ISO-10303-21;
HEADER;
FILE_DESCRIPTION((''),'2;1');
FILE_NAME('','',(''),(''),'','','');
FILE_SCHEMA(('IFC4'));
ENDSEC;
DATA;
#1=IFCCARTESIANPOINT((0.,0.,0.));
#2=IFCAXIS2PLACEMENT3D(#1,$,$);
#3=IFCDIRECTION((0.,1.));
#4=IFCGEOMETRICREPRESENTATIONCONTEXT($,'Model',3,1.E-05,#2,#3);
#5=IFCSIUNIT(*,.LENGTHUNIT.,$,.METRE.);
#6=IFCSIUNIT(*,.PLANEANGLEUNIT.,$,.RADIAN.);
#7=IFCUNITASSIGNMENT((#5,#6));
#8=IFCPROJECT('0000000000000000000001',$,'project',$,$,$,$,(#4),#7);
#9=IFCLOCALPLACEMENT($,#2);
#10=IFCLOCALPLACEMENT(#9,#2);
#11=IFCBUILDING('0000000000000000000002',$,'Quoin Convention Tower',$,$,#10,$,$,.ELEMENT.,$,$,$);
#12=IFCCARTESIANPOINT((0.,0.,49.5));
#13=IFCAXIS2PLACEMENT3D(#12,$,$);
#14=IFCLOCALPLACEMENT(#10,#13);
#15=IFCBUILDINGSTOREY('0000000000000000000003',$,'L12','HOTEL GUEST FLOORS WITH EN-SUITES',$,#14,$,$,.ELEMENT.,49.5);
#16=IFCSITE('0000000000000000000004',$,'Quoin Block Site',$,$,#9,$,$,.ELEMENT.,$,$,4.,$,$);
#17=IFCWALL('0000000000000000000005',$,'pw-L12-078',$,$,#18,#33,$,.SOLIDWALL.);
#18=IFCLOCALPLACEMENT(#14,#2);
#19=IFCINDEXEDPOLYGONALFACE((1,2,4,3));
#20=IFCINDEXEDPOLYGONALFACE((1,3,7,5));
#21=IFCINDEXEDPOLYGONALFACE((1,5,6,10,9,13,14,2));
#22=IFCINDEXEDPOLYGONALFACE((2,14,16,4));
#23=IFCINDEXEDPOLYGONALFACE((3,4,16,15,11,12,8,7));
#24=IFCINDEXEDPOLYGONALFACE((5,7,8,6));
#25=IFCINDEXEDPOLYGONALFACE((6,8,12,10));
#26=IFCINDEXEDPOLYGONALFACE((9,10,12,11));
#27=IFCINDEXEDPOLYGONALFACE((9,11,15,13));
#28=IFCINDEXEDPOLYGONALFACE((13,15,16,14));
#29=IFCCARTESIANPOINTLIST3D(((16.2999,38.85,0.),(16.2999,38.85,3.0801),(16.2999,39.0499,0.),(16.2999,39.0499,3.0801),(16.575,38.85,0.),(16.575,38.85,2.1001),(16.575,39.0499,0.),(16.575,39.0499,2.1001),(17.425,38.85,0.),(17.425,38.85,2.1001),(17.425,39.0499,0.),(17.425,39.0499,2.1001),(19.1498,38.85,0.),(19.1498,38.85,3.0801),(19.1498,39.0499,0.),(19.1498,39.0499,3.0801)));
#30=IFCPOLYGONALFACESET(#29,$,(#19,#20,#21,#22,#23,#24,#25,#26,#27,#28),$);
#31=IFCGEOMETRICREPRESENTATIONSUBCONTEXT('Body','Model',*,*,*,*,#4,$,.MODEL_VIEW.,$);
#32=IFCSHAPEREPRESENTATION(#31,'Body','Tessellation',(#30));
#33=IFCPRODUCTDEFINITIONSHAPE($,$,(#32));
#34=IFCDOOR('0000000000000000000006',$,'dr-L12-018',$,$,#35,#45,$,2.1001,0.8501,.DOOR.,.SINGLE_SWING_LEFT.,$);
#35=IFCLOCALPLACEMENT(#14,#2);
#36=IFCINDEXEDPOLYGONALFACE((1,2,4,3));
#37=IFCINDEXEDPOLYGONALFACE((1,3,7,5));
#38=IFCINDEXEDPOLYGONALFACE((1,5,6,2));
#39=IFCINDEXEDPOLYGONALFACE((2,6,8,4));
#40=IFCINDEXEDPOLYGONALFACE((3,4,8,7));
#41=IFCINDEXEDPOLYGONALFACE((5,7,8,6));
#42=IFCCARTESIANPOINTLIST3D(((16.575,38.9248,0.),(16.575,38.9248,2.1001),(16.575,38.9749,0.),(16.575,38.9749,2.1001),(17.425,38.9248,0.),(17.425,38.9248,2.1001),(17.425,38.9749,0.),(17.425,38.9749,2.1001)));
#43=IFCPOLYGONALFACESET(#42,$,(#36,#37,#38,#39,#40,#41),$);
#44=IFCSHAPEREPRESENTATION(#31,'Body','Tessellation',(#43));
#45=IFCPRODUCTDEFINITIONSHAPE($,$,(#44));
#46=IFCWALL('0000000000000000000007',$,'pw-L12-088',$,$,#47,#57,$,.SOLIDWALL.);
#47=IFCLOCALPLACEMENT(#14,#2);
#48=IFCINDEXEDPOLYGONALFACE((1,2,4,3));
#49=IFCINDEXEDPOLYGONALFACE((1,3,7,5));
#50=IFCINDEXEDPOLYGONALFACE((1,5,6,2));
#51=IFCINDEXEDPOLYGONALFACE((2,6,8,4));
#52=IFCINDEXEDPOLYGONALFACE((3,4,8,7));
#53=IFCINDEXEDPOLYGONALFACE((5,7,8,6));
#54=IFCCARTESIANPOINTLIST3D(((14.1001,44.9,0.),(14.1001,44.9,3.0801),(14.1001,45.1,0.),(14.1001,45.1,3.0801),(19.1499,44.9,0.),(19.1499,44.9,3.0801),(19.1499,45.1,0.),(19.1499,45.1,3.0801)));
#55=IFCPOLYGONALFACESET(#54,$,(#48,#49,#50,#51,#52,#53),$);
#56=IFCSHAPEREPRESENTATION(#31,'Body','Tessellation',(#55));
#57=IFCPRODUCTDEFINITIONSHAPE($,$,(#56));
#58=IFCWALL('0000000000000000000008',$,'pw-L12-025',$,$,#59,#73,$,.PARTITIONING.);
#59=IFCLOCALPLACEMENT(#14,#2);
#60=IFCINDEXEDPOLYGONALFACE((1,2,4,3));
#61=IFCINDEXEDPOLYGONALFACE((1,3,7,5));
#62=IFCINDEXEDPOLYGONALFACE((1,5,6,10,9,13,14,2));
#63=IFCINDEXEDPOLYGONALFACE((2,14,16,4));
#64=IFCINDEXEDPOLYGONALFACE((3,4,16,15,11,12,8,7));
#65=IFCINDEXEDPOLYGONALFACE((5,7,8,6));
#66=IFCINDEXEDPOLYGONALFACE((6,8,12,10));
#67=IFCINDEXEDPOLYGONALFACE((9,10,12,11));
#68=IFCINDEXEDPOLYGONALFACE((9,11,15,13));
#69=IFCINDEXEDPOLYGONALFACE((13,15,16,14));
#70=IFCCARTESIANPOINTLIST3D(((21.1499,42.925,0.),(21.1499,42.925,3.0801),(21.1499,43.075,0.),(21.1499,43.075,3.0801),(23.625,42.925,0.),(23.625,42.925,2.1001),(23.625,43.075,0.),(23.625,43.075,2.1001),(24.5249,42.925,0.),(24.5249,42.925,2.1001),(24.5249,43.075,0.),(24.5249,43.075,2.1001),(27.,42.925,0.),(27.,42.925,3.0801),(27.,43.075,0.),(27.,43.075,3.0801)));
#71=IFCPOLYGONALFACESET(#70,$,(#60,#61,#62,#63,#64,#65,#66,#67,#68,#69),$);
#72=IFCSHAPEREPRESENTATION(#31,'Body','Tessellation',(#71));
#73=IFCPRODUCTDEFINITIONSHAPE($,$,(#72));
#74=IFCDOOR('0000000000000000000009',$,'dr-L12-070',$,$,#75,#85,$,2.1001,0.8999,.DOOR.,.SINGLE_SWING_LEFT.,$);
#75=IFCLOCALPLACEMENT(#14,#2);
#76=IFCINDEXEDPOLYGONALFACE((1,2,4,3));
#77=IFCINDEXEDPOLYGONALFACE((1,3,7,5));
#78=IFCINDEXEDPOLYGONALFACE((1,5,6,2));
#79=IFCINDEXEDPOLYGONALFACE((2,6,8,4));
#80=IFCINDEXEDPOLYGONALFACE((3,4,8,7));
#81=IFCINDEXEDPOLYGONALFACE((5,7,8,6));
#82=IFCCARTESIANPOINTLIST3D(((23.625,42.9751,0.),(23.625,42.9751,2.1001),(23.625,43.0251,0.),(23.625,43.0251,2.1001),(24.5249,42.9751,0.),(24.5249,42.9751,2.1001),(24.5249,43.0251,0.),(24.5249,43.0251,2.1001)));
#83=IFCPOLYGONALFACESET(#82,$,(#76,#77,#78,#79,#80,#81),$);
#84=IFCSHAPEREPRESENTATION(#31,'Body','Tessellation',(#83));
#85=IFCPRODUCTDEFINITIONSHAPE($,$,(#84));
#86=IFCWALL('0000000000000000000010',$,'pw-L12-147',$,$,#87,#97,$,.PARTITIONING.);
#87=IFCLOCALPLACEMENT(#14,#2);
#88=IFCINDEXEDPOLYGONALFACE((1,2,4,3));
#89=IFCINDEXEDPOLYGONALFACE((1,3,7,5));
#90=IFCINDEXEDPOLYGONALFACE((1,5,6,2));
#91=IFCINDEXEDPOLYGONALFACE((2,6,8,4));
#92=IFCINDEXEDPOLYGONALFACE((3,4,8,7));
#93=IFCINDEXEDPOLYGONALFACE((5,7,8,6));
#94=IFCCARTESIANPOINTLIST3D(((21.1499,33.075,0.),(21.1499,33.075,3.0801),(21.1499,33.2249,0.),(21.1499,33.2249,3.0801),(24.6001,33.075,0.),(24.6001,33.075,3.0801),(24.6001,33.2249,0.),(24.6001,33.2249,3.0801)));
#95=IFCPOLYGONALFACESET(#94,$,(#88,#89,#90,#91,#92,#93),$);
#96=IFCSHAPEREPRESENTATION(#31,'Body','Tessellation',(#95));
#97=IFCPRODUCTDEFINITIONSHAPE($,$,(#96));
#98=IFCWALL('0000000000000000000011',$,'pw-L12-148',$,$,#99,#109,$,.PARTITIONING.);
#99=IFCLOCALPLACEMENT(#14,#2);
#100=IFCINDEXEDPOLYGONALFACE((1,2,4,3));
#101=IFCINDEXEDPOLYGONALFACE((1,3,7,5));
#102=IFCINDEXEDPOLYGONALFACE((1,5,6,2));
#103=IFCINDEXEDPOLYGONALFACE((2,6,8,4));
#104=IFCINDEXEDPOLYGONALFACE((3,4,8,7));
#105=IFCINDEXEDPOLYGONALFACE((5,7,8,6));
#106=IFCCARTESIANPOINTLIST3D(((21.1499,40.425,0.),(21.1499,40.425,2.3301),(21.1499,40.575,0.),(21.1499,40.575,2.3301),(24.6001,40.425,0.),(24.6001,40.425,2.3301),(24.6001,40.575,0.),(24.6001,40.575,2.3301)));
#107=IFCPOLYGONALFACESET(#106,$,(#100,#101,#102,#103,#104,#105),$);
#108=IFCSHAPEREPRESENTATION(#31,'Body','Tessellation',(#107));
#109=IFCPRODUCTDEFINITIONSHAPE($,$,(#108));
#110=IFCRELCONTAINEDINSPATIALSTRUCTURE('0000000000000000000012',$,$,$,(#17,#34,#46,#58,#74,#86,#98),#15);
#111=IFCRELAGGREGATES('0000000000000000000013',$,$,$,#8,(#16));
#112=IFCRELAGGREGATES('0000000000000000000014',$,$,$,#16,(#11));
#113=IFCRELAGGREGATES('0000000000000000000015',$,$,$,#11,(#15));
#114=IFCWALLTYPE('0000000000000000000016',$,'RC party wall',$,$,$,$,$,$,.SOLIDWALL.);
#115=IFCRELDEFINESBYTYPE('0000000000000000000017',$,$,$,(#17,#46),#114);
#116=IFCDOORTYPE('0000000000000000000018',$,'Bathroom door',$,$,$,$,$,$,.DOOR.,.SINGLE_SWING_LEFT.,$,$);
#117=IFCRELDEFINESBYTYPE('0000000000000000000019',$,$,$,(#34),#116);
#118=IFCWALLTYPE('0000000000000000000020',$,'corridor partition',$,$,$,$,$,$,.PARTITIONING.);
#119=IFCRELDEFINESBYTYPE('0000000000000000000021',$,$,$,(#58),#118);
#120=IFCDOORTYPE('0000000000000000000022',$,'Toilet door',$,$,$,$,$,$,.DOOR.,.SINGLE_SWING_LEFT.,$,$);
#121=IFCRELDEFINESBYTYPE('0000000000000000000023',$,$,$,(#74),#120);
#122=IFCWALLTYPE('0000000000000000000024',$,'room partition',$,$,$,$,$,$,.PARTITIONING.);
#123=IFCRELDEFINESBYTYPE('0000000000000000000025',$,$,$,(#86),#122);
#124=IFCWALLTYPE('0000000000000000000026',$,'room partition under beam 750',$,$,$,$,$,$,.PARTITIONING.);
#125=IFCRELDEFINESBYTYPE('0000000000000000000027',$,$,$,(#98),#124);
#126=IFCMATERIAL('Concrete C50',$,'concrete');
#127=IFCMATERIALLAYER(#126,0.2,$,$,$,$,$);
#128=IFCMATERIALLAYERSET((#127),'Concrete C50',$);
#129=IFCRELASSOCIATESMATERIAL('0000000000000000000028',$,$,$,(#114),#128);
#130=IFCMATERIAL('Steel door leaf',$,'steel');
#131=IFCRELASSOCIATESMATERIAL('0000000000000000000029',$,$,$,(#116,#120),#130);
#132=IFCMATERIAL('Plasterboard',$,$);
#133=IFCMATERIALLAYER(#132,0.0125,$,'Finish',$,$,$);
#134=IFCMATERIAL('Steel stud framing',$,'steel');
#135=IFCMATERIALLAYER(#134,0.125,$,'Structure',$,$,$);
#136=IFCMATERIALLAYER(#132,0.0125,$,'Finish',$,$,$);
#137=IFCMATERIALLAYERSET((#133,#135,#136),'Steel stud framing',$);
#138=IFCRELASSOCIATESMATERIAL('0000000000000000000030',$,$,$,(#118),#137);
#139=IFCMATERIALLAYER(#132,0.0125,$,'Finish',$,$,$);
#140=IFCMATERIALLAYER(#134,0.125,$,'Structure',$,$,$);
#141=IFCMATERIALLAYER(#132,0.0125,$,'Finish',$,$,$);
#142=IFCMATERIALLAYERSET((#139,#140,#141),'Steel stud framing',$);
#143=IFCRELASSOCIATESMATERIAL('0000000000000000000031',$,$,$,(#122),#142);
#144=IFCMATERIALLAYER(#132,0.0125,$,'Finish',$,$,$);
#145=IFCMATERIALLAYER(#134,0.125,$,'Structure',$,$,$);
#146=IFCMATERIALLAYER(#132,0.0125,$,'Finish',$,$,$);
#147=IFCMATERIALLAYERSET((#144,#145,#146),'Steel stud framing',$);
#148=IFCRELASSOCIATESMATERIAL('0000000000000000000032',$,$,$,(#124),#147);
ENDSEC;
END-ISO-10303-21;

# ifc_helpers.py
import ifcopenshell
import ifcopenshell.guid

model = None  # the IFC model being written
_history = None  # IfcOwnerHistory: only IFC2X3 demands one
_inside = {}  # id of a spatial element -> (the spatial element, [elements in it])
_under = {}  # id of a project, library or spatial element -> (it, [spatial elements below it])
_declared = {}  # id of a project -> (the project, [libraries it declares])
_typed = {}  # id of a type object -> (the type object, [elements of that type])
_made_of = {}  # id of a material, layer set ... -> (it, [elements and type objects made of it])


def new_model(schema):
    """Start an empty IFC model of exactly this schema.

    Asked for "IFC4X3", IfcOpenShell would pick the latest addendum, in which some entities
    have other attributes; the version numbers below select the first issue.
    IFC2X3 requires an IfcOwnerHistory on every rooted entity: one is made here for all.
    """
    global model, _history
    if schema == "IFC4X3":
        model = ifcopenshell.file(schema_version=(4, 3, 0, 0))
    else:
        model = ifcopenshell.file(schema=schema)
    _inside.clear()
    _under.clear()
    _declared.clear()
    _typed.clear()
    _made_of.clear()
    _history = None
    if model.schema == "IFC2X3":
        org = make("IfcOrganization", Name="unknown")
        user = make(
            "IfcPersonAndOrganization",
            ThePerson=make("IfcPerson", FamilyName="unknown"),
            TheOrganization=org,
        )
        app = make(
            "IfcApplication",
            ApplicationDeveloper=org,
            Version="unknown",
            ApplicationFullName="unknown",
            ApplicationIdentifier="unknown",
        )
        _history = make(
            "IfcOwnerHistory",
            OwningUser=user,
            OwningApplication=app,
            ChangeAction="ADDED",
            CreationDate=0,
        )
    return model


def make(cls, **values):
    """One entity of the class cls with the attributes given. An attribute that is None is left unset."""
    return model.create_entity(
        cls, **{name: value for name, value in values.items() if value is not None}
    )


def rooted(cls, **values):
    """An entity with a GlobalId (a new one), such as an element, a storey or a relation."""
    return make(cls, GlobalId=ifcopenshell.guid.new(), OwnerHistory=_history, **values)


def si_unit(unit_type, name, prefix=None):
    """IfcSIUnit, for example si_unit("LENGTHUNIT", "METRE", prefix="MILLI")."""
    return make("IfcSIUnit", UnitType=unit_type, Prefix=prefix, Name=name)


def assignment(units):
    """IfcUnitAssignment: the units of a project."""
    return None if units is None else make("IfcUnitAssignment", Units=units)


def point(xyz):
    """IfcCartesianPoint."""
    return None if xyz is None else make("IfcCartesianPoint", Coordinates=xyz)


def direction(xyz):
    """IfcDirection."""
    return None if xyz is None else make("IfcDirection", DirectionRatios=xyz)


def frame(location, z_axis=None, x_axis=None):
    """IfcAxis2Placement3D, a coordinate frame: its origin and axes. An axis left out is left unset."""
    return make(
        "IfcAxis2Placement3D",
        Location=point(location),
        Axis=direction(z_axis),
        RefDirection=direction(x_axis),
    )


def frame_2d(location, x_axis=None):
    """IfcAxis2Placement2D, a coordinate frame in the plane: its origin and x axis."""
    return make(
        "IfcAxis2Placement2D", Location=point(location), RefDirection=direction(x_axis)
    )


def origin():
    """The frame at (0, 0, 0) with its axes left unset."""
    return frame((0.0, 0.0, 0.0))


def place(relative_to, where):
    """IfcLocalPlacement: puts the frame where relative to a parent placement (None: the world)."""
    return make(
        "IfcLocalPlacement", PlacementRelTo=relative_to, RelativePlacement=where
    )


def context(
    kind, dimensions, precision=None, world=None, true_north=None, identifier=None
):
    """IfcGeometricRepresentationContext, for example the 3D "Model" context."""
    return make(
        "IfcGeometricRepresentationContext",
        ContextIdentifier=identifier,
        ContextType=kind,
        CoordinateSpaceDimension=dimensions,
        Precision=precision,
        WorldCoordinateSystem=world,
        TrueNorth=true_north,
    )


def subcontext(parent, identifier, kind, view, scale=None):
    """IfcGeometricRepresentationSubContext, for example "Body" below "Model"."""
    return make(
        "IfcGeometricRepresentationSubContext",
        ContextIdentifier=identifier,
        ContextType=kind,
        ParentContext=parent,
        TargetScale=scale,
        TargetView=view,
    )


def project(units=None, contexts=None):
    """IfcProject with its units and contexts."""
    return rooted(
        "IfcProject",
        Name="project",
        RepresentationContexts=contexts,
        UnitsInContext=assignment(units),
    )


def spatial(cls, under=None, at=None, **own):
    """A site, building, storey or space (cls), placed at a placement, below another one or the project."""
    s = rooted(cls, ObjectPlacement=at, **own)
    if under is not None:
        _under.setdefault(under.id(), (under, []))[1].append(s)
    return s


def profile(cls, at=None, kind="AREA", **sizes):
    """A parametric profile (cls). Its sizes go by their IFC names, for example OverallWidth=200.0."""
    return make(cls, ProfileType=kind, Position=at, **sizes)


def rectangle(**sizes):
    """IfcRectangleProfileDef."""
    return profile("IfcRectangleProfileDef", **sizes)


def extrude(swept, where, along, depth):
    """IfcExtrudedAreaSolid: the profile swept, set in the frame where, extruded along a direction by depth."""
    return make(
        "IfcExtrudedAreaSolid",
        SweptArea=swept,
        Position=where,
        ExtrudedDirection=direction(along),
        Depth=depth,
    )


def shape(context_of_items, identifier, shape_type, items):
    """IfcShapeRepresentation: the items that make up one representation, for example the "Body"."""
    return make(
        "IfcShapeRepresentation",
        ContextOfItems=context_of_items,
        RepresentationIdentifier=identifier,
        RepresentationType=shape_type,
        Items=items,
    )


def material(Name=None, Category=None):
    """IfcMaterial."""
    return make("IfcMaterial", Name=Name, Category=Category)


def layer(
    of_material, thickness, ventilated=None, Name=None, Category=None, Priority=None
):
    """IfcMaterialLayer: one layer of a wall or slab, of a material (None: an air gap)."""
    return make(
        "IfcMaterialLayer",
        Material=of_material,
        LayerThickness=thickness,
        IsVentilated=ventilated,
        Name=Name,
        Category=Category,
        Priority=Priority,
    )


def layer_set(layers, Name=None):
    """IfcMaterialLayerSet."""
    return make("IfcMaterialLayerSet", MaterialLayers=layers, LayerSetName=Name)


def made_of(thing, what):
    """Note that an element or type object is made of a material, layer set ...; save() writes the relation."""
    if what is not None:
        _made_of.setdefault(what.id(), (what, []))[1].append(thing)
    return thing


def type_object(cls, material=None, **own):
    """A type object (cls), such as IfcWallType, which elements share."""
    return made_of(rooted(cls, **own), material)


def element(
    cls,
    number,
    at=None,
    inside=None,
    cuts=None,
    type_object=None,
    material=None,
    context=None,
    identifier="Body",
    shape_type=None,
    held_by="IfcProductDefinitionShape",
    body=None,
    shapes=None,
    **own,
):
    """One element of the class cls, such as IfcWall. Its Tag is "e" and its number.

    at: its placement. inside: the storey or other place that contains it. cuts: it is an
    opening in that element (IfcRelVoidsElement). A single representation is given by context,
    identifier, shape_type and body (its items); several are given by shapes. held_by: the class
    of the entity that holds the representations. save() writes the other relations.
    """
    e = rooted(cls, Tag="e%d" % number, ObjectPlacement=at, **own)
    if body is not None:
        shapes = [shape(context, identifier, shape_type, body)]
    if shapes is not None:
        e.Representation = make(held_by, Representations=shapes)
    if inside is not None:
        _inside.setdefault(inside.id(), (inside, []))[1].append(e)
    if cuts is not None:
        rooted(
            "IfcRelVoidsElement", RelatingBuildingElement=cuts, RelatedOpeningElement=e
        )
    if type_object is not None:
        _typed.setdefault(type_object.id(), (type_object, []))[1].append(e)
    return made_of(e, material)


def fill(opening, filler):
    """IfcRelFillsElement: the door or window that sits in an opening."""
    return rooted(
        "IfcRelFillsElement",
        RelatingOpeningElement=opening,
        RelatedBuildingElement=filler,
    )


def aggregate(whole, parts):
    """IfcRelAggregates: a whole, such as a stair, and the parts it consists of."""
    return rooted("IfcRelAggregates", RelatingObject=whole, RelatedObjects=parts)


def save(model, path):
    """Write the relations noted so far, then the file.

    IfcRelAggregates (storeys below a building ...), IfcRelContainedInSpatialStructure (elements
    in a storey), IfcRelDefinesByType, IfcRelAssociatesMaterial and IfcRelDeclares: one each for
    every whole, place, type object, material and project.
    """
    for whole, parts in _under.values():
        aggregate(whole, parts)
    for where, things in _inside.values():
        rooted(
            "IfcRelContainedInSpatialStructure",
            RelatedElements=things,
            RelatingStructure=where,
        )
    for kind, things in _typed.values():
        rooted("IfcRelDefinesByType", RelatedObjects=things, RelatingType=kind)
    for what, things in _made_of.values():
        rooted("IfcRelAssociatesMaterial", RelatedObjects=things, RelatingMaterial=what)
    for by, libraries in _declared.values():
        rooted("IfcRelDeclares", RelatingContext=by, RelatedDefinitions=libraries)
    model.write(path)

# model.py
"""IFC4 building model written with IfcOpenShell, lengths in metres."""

from ifc_helpers import new_model, si_unit, direction, frame, frame_2d, origin, place, context, subcontext, project, spatial, rectangle, extrude, material, layer, layer_set, type_object, element, fill, save


model = new_model("IFC4")

# Units and contexts
model_context = context("Model", 3, precision=1e-05, world=origin(), true_north=direction((0.0, 1.0)))
body_context = subcontext(model_context, "Body", "Model", "MODEL_VIEW")
ifc_project = project(units=[si_unit("LENGTHUNIT", "METRE"), si_unit("PLANEANGLEUNIT", "RADIAN")], contexts=[model_context])

# Site, building, storey
site_placement = place(None, origin())
site = spatial("IfcSite", under=ifc_project, at=site_placement, Name="Quoin Block Site", CompositionType="ELEMENT", RefElevation=4.0)
building_placement = place(site_placement, origin())
building = spatial("IfcBuilding", under=site, at=building_placement, Name="Quoin Convention Tower", CompositionType="ELEMENT")
storey_placement = place(building_placement, frame((0.0, 0.0, 49.5)))
storey = spatial("IfcBuildingStorey", under=building, at=storey_placement, Name="L12", Description="HOTEL GUEST FLOORS WITH EN-SUITES", CompositionType="ELEMENT", Elevation=49.5)

# Shared definitions
ifc_material_1 = material(Name="Concrete C50", Category="concrete")
ifc_layer_1 = layer(ifc_material_1, 0.2)
ifc_layer_set_1 = layer_set([ifc_layer_1], Name="Concrete C50")
wall_type_1 = type_object("IfcWallType", Name="RC party wall", PredefinedType="SOLIDWALL", material=ifc_layer_set_1)

# Shared definitions
ifc_material_2 = material(Name="Steel door leaf", Category="steel")
door_type_1 = type_object("IfcDoorType", Name="Bathroom door", OperationType="SINGLE_SWING_LEFT", PredefinedType="DOOR", material=ifc_material_2)

# Wall, opening, door
wall_1_placement = place(storey_placement, frame((16.3, 38.95, 0.0), z_axis=(0.0, 0.0, 1.0), x_axis=(1.0, 0.0, 0.0)))
wall_1 = element("IfcWall", 1, at=wall_1_placement, inside=storey, type_object=wall_type_1, Name="pw-L12-078", PredefinedType="SOLIDWALL", context=body_context, shape_type="SweptSolid", body=[
    extrude(rectangle(XDim=2.8499, YDim=0.2, at=frame_2d((1.4248, 0.0))), origin(), (0.0, 0.0, 1.0), 3.0801),
])
opening_1_placement = place(wall_1_placement, frame((0.2749, 0.0, 0.0)))
opening_1 = element("IfcOpeningElement", 2, at=opening_1_placement, cuts=wall_1, PredefinedType="OPENING", context=body_context, shape_type="SweptSolid", body=[
    extrude(rectangle(XDim=0.8501, YDim=2.1001, at=frame_2d((0.425, 1.05))), frame((0.0, 0.1099, 0.0), z_axis=(0.0, -1.0, 0.0), x_axis=(1.0, 0.0, 0.0)), (0.0, 0.0, 1.0), 0.22),
])
door_1_placement = place(opening_1_placement, origin())
door_1 = element("IfcDoor", 3, at=door_1_placement, inside=storey, type_object=door_type_1, Name="dr-L12-018", OperationType="SINGLE_SWING_LEFT", OverallHeight=2.1001, OverallWidth=0.8501, PredefinedType="DOOR", context=body_context, shape_type="SweptSolid", body=[
    extrude(rectangle(XDim=0.8501, YDim=2.1001, at=frame_2d((0.425, 1.05))), frame((0.0, 0.0249, 0.0), z_axis=(0.0, -1.0, 0.0), x_axis=(1.0, 0.0, 0.0)), (0.0, 0.0, 1.0), 0.05),
])
fill(opening_1, door_1)

# Wall
wall_2_placement = place(storey_placement, frame((14.1001, 45.0, 0.0), z_axis=(0.0, 0.0, 1.0), x_axis=(1.0, 0.0, 0.0)))
element("IfcWall", 4, at=wall_2_placement, inside=storey, type_object=wall_type_1, Name="pw-L12-088", PredefinedType="SOLIDWALL", context=body_context, shape_type="SweptSolid", body=[
    extrude(rectangle(XDim=5.0498, YDim=0.2, at=frame_2d((2.5249, 0.0))), origin(), (0.0, 0.0, 1.0), 3.0801),
])

# Wall, opening, door
ifc_material_3 = material(Name="Plasterboard")
ifc_layer_2 = layer(ifc_material_3, 0.0125, Name="Finish")
ifc_material_4 = material(Name="Steel stud framing", Category="steel")
ifc_layer_3 = layer(ifc_material_4, 0.125, Name="Structure")
ifc_layer_4 = layer(ifc_material_3, 0.0125, Name="Finish")
ifc_layer_set_2 = layer_set([ifc_layer_2, ifc_layer_3, ifc_layer_4], Name="Steel stud framing")
wall_type_2 = type_object("IfcWallType", Name="corridor partition", PredefinedType="PARTITIONING", material=ifc_layer_set_2)
wall_3_placement = place(storey_placement, frame((21.1499, 43.0, 0.0), z_axis=(0.0, 0.0, 1.0), x_axis=(1.0, 0.0, 0.0)))
wall_3 = element("IfcWall", 5, at=wall_3_placement, inside=storey, type_object=wall_type_2, Name="pw-L12-025", PredefinedType="PARTITIONING", context=body_context, shape_type="SweptSolid", body=[
    extrude(rectangle(XDim=5.8501, YDim=0.1499, at=frame_2d((2.925, 0.0))), origin(), (0.0, 0.0, 1.0), 3.0801),
])
opening_2_placement = place(wall_3_placement, frame((2.4751, 0.0, 0.0)))
opening_2 = element("IfcOpeningElement", 6, at=opening_2_placement, cuts=wall_3, PredefinedType="OPENING", context=body_context, shape_type="SweptSolid", body=[
    extrude(rectangle(XDim=0.8999, YDim=2.1001, at=frame_2d((0.45, 1.05))), frame((0.0, 0.085, 0.0), z_axis=(0.0, -1.0, 0.0), x_axis=(1.0, 0.0, 0.0)), (0.0, 0.0, 1.0), 0.1699),
])
door_type_2 = type_object("IfcDoorType", Name="Toilet door", OperationType="SINGLE_SWING_LEFT", PredefinedType="DOOR", material=ifc_material_2)
door_2_placement = place(opening_2_placement, frame((0.8999, 0.0, 0.0), z_axis=(0.0, 0.0, 1.0), x_axis=(-1.0, 0.0, 0.0)))
door_2 = element("IfcDoor", 7, at=door_2_placement, inside=storey, type_object=door_type_2, Name="dr-L12-070", OperationType="SINGLE_SWING_LEFT", OverallHeight=2.1001, OverallWidth=0.8999, PredefinedType="DOOR", context=body_context, shape_type="SweptSolid", body=[
    extrude(rectangle(XDim=0.8999, YDim=2.1001, at=frame_2d((0.45, 1.05))), frame((0.0, 0.0249, 0.0), z_axis=(0.0, -1.0, 0.0), x_axis=(1.0, 0.0, 0.0)), (0.0, 0.0, 1.0), 0.05),
])
fill(opening_2, door_2)

# Walls
ifc_layer_5 = layer(ifc_material_3, 0.0125, Name="Finish")
ifc_layer_6 = layer(ifc_material_4, 0.125, Name="Structure")
ifc_layer_7 = layer(ifc_material_3, 0.0125, Name="Finish")
ifc_layer_set_3 = layer_set([ifc_layer_5, ifc_layer_6, ifc_layer_7], Name="Steel stud framing")
wall_type_3 = type_object("IfcWallType", Name="room partition", PredefinedType="PARTITIONING", material=ifc_layer_set_3)
wall_4_placement = place(storey_placement, frame((21.1499, 33.1499, 0.0), z_axis=(0.0, 0.0, 1.0), x_axis=(1.0, 0.0, 0.0)))
element("IfcWall", 8, at=wall_4_placement, inside=storey, type_object=wall_type_3, Name="pw-L12-147", PredefinedType="PARTITIONING", context=body_context, shape_type="SweptSolid", body=[
    extrude(rectangle(XDim=3.4502, YDim=0.1499, at=frame_2d((1.7251, 0.0))), origin(), (0.0, 0.0, 1.0), 3.0801),
])
ifc_layer_8 = layer(ifc_material_3, 0.0125, Name="Finish")
ifc_layer_9 = layer(ifc_material_4, 0.125, Name="Structure")
ifc_layer_10 = layer(ifc_material_3, 0.0125, Name="Finish")
ifc_layer_set_4 = layer_set([ifc_layer_8, ifc_layer_9, ifc_layer_10], Name="Steel stud framing")
wall_type_4 = type_object("IfcWallType", Name="room partition under beam 750", PredefinedType="PARTITIONING", material=ifc_layer_set_4)
wall_5_placement = place(storey_placement, frame((21.1499, 40.5, 0.0), z_axis=(0.0, 0.0, 1.0), x_axis=(1.0, 0.0, 0.0)))
element("IfcWall", 9, at=wall_5_placement, inside=storey, type_object=wall_type_4, Name="pw-L12-148", PredefinedType="PARTITIONING", context=body_context, shape_type="SweptSolid", body=[
    extrude(rectangle(XDim=3.4502, YDim=0.1499, at=frame_2d((1.7251, 0.0))), origin(), (0.0, 0.0, 1.0), 2.3301),
])

save(model, "model.ifc")
